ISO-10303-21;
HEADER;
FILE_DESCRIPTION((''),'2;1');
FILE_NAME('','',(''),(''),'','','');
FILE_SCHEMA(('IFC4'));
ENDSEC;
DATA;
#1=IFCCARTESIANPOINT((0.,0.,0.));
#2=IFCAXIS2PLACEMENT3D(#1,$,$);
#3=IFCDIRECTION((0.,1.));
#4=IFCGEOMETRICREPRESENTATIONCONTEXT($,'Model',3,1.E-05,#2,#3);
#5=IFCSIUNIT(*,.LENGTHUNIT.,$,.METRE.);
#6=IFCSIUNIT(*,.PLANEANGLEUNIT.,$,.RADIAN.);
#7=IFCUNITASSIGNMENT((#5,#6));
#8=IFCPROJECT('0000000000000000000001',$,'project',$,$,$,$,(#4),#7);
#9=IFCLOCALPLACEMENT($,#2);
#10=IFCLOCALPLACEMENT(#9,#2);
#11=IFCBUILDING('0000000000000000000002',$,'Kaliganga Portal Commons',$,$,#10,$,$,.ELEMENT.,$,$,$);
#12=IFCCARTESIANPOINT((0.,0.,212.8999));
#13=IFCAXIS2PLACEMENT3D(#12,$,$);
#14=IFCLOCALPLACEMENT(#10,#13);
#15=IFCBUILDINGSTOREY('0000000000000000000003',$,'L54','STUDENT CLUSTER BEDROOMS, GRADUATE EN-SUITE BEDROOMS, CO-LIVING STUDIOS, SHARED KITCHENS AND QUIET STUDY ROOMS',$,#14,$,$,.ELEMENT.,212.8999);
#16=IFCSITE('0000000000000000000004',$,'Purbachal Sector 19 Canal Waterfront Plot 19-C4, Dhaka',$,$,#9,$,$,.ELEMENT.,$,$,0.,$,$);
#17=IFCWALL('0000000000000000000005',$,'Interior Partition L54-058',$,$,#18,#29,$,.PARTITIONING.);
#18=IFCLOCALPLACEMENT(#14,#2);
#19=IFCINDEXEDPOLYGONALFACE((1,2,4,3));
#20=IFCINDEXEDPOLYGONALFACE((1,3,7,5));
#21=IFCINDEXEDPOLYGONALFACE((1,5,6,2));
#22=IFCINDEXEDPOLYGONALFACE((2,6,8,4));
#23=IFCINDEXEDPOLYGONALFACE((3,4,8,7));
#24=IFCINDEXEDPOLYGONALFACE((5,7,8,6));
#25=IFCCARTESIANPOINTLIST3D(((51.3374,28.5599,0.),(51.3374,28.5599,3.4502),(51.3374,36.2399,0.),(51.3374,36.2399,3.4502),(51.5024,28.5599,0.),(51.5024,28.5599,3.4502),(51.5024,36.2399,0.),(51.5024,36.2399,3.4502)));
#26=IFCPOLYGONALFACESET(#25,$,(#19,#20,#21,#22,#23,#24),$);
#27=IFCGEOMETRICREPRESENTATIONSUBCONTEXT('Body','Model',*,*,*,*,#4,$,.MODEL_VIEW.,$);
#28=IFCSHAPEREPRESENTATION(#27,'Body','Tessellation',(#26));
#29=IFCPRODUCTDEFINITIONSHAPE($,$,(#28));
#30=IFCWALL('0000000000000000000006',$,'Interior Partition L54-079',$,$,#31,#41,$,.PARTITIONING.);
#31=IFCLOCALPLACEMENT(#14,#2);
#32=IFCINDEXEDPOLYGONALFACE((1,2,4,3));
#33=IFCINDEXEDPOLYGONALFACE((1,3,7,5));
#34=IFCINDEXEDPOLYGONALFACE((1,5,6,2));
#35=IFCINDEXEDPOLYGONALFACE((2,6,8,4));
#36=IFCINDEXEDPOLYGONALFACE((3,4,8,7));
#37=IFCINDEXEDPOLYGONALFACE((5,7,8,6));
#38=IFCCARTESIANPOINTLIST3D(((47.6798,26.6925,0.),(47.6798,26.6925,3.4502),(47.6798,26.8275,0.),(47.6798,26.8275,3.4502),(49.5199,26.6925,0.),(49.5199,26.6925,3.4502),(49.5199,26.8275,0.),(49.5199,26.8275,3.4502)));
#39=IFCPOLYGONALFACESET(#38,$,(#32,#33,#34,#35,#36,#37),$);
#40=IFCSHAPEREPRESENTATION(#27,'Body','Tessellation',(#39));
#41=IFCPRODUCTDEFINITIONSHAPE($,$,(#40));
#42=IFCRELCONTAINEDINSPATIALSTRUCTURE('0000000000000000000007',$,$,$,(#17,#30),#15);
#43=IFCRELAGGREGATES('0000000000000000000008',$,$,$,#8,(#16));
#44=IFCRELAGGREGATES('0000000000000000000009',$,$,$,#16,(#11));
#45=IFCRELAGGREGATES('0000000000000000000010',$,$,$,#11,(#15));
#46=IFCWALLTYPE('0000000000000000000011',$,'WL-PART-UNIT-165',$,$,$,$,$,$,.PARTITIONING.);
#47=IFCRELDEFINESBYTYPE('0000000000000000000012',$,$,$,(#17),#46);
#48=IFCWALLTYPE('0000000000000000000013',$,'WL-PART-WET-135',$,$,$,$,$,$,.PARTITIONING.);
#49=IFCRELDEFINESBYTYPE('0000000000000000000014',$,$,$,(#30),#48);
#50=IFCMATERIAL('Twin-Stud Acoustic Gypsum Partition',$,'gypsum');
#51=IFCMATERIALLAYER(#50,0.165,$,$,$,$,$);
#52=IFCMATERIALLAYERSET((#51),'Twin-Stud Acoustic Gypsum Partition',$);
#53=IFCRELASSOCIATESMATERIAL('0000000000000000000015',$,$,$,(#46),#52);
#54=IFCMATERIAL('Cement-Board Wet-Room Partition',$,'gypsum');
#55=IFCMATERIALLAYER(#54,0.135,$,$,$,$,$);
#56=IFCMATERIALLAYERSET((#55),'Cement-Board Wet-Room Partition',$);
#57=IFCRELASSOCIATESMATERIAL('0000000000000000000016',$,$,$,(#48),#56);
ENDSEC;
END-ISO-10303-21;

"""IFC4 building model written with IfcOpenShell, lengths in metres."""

from ifc_helpers import new_model, si_unit, direction, frame, frame_2d, origin, place, context, subcontext, project, spatial, rectangle, extrude, material, layer, layer_set, type_object, element, save


model = new_model("IFC4")

# Units and contexts
model_context = context("Model", 3, precision=1e-05, world=origin(), true_north=direction((0.0, 1.0)))
body_context = subcontext(model_context, "Body", "Model", "MODEL_VIEW")
ifc_project = project(units=[si_unit("LENGTHUNIT", "METRE"), si_unit("PLANEANGLEUNIT", "RADIAN")], contexts=[model_context])

# Site, building, storey
site_placement = place(None, origin())
site = spatial("IfcSite", under=ifc_project, at=site_placement, Name="Purbachal Sector 19 Canal Waterfront Plot 19-C4, Dhaka", CompositionType="ELEMENT", RefElevation=0.0)
building_placement = place(site_placement, origin())
building = spatial("IfcBuilding", under=site, at=building_placement, Name="Kaliganga Portal Commons", CompositionType="ELEMENT")
storey_placement = place(building_placement, frame((0.0, 0.0, 212.8999)))
storey = spatial("IfcBuildingStorey", under=building, at=storey_placement, Name="L54", Description="STUDENT CLUSTER BEDROOMS, GRADUATE EN-SUITE BEDROOMS, CO-LIVING STUDIOS, SHARED KITCHENS AND QUIET STUDY ROOMS", CompositionType="ELEMENT", Elevation=212.8999)

# Walls
ifc_material_1 = material(Name="Twin-Stud Acoustic Gypsum Partition", Category="gypsum")
ifc_layer_1 = layer(ifc_material_1, 0.165)
ifc_layer_set_1 = layer_set([ifc_layer_1], Name="Twin-Stud Acoustic Gypsum Partition")
wall_type_1 = type_object("IfcWallType", Name="WL-PART-UNIT-165", PredefinedType="PARTITIONING", material=ifc_layer_set_1)
wall_1_placement = place(storey_placement, frame((51.4199, 28.5601, 0.0), z_axis=(0.0, 0.0, 1.0), x_axis=(0.0, 1.0, 0.0)))
element("IfcWall", 1, at=wall_1_placement, inside=storey, type_object=wall_type_1, Name="Interior Partition L54-058", PredefinedType="PARTITIONING", context=body_context, shape_type="SweptSolid", body=[
    extrude(rectangle(XDim=7.6799, YDim=0.165, at=frame_2d((3.8398, 0.0))), origin(), (0.0, 0.0, 1.0), 3.4502),
])
ifc_material_2 = material(Name="Cement-Board Wet-Room Partition", Category="gypsum")
ifc_layer_2 = layer(ifc_material_2, 0.135)
ifc_layer_set_2 = layer_set([ifc_layer_2], Name="Cement-Board Wet-Room Partition")
wall_type_2 = type_object("IfcWallType", Name="WL-PART-WET-135", PredefinedType="PARTITIONING", material=ifc_layer_set_2)
wall_2_placement = place(storey_placement, frame((47.6799, 26.76, 0.0), z_axis=(0.0, 0.0, 1.0), x_axis=(1.0, 0.0, 0.0)))
element("IfcWall", 2, at=wall_2_placement, inside=storey, type_object=wall_type_2, Name="Interior Partition L54-079", PredefinedType="PARTITIONING", context=body_context, shape_type="SweptSolid", body=[
    extrude(rectangle(XDim=1.8401, YDim=0.135, at=frame_2d((0.9199, 0.0))), origin(), (0.0, 0.0, 1.0), 3.4502),
])

save(model, "model.ifc")
